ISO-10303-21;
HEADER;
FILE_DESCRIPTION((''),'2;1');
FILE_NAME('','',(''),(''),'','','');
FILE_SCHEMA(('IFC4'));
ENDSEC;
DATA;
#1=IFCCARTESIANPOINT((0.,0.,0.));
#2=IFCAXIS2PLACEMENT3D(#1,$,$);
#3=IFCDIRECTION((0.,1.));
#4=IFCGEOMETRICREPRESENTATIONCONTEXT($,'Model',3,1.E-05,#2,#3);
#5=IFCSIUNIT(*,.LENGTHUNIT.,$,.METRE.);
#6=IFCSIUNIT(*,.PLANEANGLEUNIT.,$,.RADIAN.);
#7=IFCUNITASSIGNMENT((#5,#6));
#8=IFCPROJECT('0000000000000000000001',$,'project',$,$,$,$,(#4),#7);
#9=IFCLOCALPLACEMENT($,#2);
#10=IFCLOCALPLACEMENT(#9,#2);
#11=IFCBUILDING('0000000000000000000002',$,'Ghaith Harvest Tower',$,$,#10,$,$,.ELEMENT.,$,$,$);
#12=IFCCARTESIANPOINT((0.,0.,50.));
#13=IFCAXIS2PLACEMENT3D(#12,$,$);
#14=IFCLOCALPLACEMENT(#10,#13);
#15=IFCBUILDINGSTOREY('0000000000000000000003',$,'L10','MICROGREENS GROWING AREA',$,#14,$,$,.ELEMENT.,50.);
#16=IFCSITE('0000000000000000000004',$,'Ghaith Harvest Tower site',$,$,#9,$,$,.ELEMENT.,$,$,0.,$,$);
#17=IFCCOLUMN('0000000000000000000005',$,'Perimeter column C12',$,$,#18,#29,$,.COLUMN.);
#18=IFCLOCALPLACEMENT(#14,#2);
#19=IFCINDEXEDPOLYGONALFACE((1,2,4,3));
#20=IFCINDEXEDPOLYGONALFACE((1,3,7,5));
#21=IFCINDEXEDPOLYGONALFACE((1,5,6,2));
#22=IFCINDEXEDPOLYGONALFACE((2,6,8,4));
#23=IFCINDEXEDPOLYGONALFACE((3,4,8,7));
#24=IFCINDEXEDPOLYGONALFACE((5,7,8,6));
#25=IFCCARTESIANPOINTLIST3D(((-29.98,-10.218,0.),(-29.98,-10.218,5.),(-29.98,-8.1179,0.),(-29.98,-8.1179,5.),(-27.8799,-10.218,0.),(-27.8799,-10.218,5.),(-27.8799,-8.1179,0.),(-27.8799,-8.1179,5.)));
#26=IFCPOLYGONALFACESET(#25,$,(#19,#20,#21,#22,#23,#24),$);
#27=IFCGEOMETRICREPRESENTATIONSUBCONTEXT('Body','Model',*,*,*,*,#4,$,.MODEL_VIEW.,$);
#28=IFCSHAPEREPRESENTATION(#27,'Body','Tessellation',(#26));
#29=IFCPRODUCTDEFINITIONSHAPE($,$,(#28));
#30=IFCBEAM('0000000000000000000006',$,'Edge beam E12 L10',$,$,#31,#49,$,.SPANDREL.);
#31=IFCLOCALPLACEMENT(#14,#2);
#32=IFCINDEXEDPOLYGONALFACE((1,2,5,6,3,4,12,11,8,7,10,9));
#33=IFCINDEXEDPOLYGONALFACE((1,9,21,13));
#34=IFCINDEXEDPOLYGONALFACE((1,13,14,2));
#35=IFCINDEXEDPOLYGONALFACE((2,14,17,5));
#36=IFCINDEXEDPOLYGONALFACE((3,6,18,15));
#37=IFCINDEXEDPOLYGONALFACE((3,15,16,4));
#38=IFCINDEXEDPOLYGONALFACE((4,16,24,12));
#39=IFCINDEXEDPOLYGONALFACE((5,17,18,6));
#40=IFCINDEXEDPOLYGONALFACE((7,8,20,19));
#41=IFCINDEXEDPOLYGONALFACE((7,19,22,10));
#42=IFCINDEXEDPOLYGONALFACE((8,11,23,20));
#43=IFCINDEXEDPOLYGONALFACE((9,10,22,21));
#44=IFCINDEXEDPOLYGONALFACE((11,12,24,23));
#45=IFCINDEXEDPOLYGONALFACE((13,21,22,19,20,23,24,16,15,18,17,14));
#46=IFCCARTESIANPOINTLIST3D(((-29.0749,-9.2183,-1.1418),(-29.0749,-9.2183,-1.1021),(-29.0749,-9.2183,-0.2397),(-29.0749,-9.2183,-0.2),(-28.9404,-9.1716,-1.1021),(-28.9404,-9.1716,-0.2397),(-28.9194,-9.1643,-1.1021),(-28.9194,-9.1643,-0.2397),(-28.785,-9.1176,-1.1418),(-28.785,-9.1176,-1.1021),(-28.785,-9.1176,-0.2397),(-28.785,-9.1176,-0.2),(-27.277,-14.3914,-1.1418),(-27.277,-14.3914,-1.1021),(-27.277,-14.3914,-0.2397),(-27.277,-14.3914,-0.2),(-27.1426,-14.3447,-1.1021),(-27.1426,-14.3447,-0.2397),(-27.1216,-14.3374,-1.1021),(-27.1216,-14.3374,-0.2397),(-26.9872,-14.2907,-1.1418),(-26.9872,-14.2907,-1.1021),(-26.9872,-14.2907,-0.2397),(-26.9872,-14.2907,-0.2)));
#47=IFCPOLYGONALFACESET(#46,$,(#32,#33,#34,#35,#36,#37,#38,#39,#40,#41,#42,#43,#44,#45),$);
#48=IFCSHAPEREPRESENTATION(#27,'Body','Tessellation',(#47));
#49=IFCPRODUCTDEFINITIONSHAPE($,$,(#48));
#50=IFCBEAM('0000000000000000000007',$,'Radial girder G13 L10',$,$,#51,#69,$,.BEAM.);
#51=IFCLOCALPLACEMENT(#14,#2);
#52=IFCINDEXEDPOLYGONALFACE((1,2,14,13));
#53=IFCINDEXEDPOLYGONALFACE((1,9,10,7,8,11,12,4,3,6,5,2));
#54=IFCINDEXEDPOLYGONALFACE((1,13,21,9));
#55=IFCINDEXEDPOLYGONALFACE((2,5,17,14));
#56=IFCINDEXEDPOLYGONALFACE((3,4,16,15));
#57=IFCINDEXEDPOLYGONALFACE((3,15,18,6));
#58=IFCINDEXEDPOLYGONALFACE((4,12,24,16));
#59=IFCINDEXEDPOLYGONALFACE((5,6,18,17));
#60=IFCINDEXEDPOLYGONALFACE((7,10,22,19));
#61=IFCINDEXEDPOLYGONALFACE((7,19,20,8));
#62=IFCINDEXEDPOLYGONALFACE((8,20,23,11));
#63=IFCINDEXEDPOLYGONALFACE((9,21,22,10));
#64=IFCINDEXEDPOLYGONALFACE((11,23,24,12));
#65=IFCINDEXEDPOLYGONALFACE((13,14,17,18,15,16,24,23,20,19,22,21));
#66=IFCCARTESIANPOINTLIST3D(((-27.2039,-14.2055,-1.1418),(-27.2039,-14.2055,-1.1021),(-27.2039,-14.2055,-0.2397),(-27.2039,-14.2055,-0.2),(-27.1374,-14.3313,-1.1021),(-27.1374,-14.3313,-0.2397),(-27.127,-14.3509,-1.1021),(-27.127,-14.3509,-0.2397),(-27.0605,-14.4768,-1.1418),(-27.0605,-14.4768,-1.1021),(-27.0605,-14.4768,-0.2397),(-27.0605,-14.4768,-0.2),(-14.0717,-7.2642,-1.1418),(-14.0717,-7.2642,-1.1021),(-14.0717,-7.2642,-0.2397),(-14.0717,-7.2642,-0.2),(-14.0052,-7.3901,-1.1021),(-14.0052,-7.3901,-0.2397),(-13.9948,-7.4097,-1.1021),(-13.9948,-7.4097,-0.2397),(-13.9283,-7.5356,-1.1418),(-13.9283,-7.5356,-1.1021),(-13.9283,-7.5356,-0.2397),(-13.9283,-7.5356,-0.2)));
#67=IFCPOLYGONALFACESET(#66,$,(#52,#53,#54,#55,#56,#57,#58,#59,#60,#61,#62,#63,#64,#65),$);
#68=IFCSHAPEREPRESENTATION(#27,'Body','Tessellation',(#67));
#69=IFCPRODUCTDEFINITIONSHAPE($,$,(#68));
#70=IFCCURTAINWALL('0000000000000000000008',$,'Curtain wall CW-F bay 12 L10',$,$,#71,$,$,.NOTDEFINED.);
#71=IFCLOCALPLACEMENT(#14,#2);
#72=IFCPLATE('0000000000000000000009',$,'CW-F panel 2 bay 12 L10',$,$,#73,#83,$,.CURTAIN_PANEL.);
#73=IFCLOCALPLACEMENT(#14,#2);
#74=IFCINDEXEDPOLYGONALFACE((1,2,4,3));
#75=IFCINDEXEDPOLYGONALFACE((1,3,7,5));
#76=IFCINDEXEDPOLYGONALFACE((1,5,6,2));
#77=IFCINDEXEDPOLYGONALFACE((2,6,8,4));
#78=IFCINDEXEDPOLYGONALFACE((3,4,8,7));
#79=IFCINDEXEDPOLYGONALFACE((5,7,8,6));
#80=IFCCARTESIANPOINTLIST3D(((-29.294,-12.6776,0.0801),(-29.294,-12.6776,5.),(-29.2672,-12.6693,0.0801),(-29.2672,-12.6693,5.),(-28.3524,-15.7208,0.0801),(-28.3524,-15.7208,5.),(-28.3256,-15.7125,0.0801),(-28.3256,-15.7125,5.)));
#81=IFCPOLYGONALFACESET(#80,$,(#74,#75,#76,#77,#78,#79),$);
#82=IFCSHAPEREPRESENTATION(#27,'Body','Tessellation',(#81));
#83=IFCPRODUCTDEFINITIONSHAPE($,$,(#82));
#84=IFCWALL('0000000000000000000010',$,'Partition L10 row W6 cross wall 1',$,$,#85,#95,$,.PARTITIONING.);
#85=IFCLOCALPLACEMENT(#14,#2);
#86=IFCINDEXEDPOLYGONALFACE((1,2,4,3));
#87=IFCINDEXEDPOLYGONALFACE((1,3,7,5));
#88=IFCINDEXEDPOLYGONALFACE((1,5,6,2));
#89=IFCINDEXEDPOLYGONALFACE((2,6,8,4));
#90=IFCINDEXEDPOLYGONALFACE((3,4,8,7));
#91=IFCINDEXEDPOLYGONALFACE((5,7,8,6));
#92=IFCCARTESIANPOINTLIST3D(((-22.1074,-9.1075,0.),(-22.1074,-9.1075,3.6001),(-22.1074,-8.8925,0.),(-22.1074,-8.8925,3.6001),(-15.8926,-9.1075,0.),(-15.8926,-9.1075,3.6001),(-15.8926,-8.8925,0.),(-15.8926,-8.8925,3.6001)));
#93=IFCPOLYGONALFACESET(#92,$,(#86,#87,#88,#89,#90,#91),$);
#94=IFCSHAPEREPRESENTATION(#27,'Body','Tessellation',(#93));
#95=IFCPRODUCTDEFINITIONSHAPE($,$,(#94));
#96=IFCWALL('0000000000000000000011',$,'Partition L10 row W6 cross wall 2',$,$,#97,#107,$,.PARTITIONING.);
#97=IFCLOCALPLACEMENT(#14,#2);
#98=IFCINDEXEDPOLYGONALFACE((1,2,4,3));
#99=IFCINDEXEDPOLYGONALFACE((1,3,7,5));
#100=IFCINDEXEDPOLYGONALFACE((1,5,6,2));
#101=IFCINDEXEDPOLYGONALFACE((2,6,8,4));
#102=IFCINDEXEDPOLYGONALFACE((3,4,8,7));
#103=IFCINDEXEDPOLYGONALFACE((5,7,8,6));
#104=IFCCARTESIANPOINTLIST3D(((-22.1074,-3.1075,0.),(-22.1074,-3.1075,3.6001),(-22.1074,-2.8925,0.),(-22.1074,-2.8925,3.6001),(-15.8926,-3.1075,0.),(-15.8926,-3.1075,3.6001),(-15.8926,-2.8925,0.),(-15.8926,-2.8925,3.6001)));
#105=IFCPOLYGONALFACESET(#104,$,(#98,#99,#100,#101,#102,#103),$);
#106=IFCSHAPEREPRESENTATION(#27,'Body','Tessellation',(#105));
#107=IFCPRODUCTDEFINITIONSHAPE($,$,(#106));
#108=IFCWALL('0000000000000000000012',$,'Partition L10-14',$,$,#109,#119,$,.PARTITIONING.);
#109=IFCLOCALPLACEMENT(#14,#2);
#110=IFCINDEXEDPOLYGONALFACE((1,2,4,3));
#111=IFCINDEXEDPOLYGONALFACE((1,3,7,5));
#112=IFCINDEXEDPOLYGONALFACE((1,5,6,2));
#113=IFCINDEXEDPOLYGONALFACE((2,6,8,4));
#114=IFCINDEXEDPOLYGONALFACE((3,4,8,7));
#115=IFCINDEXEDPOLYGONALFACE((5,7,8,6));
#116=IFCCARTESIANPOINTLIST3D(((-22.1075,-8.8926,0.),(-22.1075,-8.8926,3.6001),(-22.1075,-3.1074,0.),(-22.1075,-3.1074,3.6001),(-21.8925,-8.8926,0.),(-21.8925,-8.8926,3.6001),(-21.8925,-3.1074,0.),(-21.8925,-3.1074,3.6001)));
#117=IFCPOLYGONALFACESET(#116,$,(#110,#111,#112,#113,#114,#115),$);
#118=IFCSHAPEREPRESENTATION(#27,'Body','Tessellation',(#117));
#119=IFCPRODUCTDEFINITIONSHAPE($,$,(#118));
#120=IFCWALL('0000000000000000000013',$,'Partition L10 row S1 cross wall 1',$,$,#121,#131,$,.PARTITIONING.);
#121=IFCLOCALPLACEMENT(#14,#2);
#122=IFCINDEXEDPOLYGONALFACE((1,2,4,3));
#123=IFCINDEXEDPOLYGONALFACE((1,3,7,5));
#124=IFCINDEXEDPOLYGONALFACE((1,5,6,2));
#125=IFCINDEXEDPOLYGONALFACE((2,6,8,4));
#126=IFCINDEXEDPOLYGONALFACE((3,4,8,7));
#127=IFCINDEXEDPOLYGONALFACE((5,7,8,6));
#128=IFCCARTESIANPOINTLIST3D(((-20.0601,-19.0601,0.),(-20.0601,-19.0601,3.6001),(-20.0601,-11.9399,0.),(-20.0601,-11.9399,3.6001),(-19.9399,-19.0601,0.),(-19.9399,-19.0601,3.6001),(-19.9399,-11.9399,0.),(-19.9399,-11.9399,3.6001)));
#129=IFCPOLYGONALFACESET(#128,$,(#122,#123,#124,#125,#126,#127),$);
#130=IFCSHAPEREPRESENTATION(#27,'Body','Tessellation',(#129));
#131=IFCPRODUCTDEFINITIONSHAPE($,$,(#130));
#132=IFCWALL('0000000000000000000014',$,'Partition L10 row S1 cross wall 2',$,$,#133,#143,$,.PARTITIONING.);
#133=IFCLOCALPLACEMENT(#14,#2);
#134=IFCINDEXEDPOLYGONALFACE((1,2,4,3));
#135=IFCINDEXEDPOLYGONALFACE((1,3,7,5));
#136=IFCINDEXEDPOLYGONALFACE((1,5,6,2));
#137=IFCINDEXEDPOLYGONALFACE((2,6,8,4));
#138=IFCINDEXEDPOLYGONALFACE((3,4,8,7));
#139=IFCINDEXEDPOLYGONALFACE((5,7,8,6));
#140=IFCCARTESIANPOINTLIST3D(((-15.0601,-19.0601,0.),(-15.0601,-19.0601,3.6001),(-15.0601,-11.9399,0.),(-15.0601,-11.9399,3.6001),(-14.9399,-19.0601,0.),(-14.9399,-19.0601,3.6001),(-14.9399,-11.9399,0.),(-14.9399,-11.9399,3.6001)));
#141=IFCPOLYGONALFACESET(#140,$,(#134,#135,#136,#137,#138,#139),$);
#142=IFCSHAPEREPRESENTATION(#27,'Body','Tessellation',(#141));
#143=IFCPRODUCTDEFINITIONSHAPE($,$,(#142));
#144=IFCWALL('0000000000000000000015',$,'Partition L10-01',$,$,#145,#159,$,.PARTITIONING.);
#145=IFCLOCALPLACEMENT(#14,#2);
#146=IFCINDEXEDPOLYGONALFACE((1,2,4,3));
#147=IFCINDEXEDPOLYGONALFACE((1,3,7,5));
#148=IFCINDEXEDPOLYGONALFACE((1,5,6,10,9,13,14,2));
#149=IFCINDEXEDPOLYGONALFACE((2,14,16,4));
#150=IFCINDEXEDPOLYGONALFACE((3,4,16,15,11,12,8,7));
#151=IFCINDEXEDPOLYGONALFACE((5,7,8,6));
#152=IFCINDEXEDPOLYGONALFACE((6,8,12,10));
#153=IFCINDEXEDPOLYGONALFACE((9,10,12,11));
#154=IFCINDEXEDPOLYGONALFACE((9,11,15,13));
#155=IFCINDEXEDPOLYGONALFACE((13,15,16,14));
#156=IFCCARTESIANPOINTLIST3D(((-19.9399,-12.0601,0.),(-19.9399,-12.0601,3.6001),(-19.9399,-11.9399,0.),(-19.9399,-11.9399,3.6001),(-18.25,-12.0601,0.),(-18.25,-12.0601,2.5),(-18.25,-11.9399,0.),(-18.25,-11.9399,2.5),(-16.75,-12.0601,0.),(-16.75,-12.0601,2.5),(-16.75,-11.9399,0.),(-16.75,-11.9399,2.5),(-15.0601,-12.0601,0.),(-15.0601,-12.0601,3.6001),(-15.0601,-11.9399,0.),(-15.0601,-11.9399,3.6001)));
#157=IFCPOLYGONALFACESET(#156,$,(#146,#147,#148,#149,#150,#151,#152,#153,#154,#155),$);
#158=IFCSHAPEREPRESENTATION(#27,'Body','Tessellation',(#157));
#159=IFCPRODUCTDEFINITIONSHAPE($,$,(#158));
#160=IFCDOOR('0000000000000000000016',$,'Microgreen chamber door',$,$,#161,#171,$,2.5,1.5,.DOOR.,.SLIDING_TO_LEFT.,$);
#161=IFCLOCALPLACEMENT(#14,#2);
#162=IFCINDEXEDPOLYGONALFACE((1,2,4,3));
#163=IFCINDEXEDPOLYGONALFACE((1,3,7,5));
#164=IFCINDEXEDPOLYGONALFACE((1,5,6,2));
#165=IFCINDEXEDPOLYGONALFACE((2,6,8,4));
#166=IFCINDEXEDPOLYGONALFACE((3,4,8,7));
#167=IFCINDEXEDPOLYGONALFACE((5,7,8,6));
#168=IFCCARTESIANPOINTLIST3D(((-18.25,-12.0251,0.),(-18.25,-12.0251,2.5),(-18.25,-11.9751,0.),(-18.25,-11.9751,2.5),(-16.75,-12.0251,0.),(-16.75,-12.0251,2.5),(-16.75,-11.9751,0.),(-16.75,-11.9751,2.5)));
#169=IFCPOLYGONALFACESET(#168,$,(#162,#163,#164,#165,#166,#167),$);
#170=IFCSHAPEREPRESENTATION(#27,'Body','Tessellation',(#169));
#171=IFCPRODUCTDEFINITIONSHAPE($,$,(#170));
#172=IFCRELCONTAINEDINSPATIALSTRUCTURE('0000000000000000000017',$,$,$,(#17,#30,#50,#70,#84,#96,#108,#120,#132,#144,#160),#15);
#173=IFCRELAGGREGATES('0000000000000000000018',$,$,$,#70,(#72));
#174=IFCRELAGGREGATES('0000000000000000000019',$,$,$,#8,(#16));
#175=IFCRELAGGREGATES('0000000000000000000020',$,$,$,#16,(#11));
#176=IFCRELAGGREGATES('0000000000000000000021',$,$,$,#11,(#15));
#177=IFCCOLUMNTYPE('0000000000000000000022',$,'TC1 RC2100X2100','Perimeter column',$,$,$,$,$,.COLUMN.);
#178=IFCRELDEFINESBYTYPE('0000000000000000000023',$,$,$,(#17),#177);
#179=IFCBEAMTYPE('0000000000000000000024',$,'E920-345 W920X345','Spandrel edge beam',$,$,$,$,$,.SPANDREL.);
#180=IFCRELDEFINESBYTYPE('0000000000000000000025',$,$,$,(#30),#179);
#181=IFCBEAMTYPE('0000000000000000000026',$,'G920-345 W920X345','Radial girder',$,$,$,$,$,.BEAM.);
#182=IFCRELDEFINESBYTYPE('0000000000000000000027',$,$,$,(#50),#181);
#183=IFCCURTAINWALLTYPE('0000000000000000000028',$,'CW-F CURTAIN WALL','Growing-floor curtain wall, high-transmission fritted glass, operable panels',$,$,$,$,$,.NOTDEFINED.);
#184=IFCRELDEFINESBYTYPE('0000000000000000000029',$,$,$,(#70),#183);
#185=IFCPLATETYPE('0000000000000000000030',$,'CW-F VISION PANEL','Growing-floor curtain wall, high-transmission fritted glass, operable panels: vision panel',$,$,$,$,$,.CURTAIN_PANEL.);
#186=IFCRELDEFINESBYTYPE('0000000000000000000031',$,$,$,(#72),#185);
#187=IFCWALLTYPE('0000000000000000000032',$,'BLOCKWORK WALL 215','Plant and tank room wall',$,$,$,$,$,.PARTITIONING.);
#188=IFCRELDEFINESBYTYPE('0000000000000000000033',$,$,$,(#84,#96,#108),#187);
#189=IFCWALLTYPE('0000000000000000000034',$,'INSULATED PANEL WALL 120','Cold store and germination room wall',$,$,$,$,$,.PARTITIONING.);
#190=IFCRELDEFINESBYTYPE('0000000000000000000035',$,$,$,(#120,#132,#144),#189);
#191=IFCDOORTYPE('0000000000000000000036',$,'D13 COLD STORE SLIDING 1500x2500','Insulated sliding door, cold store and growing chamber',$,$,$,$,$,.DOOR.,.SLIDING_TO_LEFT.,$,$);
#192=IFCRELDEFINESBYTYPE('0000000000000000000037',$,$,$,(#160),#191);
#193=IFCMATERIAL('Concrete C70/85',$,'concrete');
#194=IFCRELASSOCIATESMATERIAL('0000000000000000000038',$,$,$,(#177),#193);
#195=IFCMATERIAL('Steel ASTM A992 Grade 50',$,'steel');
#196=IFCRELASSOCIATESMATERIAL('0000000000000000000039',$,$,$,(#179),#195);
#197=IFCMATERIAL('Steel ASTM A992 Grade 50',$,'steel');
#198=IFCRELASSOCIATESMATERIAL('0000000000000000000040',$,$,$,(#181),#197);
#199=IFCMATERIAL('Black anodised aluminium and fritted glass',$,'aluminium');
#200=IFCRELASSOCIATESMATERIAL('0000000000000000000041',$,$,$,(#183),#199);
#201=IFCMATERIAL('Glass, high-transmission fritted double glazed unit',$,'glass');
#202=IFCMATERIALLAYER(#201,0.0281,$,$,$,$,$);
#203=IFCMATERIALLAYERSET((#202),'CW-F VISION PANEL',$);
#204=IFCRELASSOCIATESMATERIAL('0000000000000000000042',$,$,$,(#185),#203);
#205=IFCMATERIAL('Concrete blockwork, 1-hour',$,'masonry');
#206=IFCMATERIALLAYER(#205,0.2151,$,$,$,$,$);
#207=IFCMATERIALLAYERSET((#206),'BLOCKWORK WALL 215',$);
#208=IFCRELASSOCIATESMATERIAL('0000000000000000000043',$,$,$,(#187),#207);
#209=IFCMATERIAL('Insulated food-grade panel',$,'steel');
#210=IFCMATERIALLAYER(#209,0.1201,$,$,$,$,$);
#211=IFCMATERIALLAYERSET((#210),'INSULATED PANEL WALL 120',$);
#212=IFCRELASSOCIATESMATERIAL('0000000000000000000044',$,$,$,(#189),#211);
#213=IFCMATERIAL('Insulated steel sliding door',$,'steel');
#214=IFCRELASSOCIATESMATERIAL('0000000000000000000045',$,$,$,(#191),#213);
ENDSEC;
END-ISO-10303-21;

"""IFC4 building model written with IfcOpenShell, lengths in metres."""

from ifc_helpers import new_model, si_unit, direction, frame, frame_2d, origin, origin_2d, place, context, subcontext, project, spatial, rectangle, i_section, extrude, material, layer, layer_set, material_profile, profile_set, type_object, element, fill, aggregate, save


model = new_model("IFC4")

# Units and contexts
model_context = context("Model", 3, precision=1e-05, world=origin(), true_north=direction((0.0, 1.0)))
body_context = subcontext(model_context, "Body", "Model", "MODEL_VIEW")
ifc_project = project(units=[si_unit("LENGTHUNIT", "METRE"), si_unit("PLANEANGLEUNIT", "RADIAN")], contexts=[model_context])

# Site, building, storey
site_placement = place(None, origin())
site = spatial("IfcSite", under=ifc_project, at=site_placement, Name="Ghaith Harvest Tower site", CompositionType="ELEMENT", RefElevation=0.0)
building_placement = place(site_placement, origin())
building = spatial("IfcBuilding", under=site, at=building_placement, Name="Ghaith Harvest Tower", CompositionType="ELEMENT")
storey_placement = place(building_placement, frame((0.0, 0.0, 50.0)))
storey = spatial("IfcBuildingStorey", under=building, at=storey_placement, Name="L10", Description="MICROGREENS GROWING AREA", CompositionType="ELEMENT", Elevation=50.0)

# Column
ifc_material_1 = material(Name="Concrete C70/85", Category="concrete")
ifc_material_profile_1 = material_profile(ifc_material_1, rectangle(XDim=2.1001, YDim=2.1001, at=origin_2d()), Name="RC2100X2100")
ifc_profile_set_1 = profile_set([ifc_material_profile_1], Name="Concrete C70/85")
column_type = type_object("IfcColumnType", Name="TC1 RC2100X2100", Description="Perimeter column", PredefinedType="COLUMN", material=ifc_profile_set_1)
column_placement = place(storey_placement, frame((-28.9299, -9.168, 0.0), z_axis=(0.0, 0.0, 1.0), x_axis=(1.0, 0.0, 0.0)))
element("IfcColumn", 1, at=column_placement, inside=storey, type_object=column_type, Name="Perimeter column C12", PredefinedType="COLUMN", context=body_context, shape_type="SweptSolid", body=[
    extrude(rectangle(XDim=2.1001, YDim=2.1001, at=origin_2d()), origin(), (0.0, 0.0, 1.0), 5.0),
])

# Beams
ifc_material_2 = material(Name="Steel ASTM A992 Grade 50", Category="steel")
ifc_material_profile_2 = material_profile(ifc_material_2, i_section(OverallWidth=0.3069, OverallDepth=0.9419, WebThickness=0.0222, FlangeThickness=0.0398, at=origin_2d()), Name="W920X345")
ifc_profile_set_2 = profile_set([ifc_material_profile_2], Name="Steel ASTM A992 Grade 50")
beam_type_1 = type_object("IfcBeamType", Name="E920-345 W920X345", Description="Spandrel edge beam", PredefinedType="SPANDREL", material=ifc_profile_set_2)
beam_1_placement = place(storey_placement, frame((-28.9299, -9.168, -0.6709), z_axis=(0.328279, -0.944581, 0.0), x_axis=(0.944581, 0.328279, 0.0)))
element("IfcBeam", 2, at=beam_1_placement, inside=storey, type_object=beam_type_1, Name="Edge beam E12 L10", PredefinedType="SPANDREL", context=body_context, shape_type="SweptSolid", body=[
    extrude(i_section(OverallWidth=0.3069, OverallDepth=0.9419, WebThickness=0.0222, FlangeThickness=0.0398, at=origin_2d()), origin(), (0.0, 0.0, 1.0), 5.4766),
])
ifc_material_3 = material(Name="Steel ASTM A992 Grade 50", Category="steel")
ifc_material_profile_3 = material_profile(ifc_material_3, i_section(OverallWidth=0.3069, OverallDepth=0.9419, WebThickness=0.0222, FlangeThickness=0.0398, at=origin_2d()), Name="W920X345")
ifc_profile_set_3 = profile_set([ifc_material_profile_3], Name="Steel ASTM A992 Grade 50")
beam_type_2 = type_object("IfcBeamType", Name="G920-345 W920X345", Description="Radial girder", PredefinedType="BEAM", material=ifc_profile_set_3)
beam_2_placement = place(storey_placement, frame((-14.0, -7.3999, -0.6709), z_axis=(-0.884097, -0.467303, 0.0), x_axis=(0.467303, -0.884097, 0.0)))
element("IfcBeam", 3, at=beam_2_placement, inside=storey, type_object=beam_type_2, Name="Radial girder G13 L10", PredefinedType="BEAM", context=body_context, shape_type="SweptSolid", body=[
    extrude(i_section(OverallWidth=0.3069, OverallDepth=0.9419, WebThickness=0.0222, FlangeThickness=0.0398, at=origin_2d()), origin(), (0.0, 0.0, 1.0), 14.8538),
])

# Curtain wall, plate
ifc_material_4 = material(Name="Black anodised aluminium and fritted glass", Category="aluminium")
curtain_wall_type = type_object("IfcCurtainWallType", Name="CW-F CURTAIN WALL", Description="Growing-floor curtain wall, high-transmission fritted glass, operable panels", PredefinedType="NOTDEFINED", material=ifc_material_4)
curtain_wall_placement = place(storey_placement, origin())
curtain_wall = element("IfcCurtainWall", 4, at=curtain_wall_placement, inside=storey, type_object=curtain_wall_type, Name="Curtain wall CW-F bay 12 L10", PredefinedType="NOTDEFINED")
ifc_material_5 = material(Name="Glass, high-transmission fritted double glazed unit", Category="glass")
ifc_layer_1 = layer(ifc_material_5, 0.0281)
ifc_layer_set_1 = layer_set([ifc_layer_1], Name="CW-F VISION PANEL")
plate_type = type_object("IfcPlateType", Name="CW-F VISION PANEL", Description="Growing-floor curtain wall, high-transmission fritted glass, operable panels: vision panel", PredefinedType="CURTAIN_PANEL", material=ifc_layer_set_1)
plate_placement = place(storey_placement, frame((-28.8098, -14.1951, 0.0801), z_axis=(0.0, 0.0, 1.0), x_axis=(0.295583, -0.955317, 0.0)))
plate = element("IfcPlate", 5, at=plate_placement, type_object=plate_type, Name="CW-F panel 2 bay 12 L10", PredefinedType="CURTAIN_PANEL", context=body_context, shape_type="SweptSolid", body=[
    extrude(rectangle(XDim=3.1855, YDim=0.0281, at=origin_2d()), origin(), (0.0, 0.0, 1.0), 4.9199),
])
aggregate(curtain_wall, [plate])

# Walls
ifc_material_6 = material(Name="Concrete blockwork, 1-hour", Category="masonry")
ifc_layer_2 = layer(ifc_material_6, 0.2151)
ifc_layer_set_2 = layer_set([ifc_layer_2], Name="BLOCKWORK WALL 215")
wall_type_1 = type_object("IfcWallType", Name="BLOCKWORK WALL 215", Description="Plant and tank room wall", PredefinedType="PARTITIONING", material=ifc_layer_set_2)
for number, where, z_axis, x_axis, name in (
    (6, (-15.8926, -9.0, 0.0), (0.0, 0.0, 1.0), (-1.0, 0.0, 0.0), "Partition L10 row W6 cross wall 1"),
    (7, (-15.8926, -3.0, 0.0), (0.0, 0.0, 1.0), (-1.0, 0.0, 0.0), "Partition L10 row W6 cross wall 2"),
):
    element("IfcWall", number, at=place(storey_placement, frame(where, z_axis=z_axis, x_axis=x_axis)), inside=storey, type_object=wall_type_1, Name=name, PredefinedType="PARTITIONING", context=body_context, shape_type="SweptSolid", body=[
        extrude(rectangle(XDim=6.2148, YDim=0.2151, at=frame_2d((3.1074, 0.0))), origin(), (0.0, 0.0, 1.0), 3.6001),
    ])

# Wall
wall_1_placement = place(storey_placement, frame((-22.0, -8.8926, 0.0), z_axis=(0.0, 0.0, 1.0), x_axis=(0.0, 1.0, 0.0)))
element("IfcWall", 8, at=wall_1_placement, inside=storey, type_object=wall_type_1, Name="Partition L10-14", PredefinedType="PARTITIONING", context=body_context, shape_type="SweptSolid", body=[
    extrude(rectangle(XDim=5.7852, YDim=0.2151, at=frame_2d((2.8926, 0.0))), origin(), (0.0, 0.0, 1.0), 3.6001),
])

# Walls
ifc_material_7 = material(Name="Insulated food-grade panel", Category="steel")
ifc_layer_3 = layer(ifc_material_7, 0.1201)
ifc_layer_set_3 = layer_set([ifc_layer_3], Name="INSULATED PANEL WALL 120")
wall_type_2 = type_object("IfcWallType", Name="INSULATED PANEL WALL 120", Description="Cold store and germination room wall", PredefinedType="PARTITIONING", material=ifc_layer_set_3)
for number, where, z_axis, x_axis, name in (
    (9, (-20.0, -11.9399, 0.0), (0.0, 0.0, 1.0), (0.0, -1.0, 0.0), "Partition L10 row S1 cross wall 1"),
    (10, (-15.0, -11.9399, 0.0), (0.0, 0.0, 1.0), (0.0, -1.0, 0.0), "Partition L10 row S1 cross wall 2"),
):
    element("IfcWall", number, at=place(storey_placement, frame(where, z_axis=z_axis, x_axis=x_axis)), inside=storey, type_object=wall_type_2, Name=name, PredefinedType="PARTITIONING", context=body_context, shape_type="SweptSolid", body=[
        extrude(rectangle(XDim=7.1201, YDim=0.1201, at=frame_2d((3.5601, 0.0))), origin(), (0.0, 0.0, 1.0), 3.6001),
    ])

# Wall, opening, door
wall_2_placement = place(storey_placement, frame((-19.9399, -12.0, 0.0), z_axis=(0.0, 0.0, 1.0), x_axis=(1.0, 0.0, 0.0)))
wall_2 = element("IfcWall", 11, at=wall_2_placement, inside=storey, type_object=wall_type_2, Name="Partition L10-01", PredefinedType="PARTITIONING", context=body_context, shape_type="SweptSolid", body=[
    extrude(rectangle(XDim=4.8799, YDim=0.1201, at=frame_2d((2.4399, 0.0))), origin(), (0.0, 0.0, 1.0), 3.6001),
])
opening_1_placement = place(wall_2_placement, frame((1.6899, 0.0, 0.0)))
opening_1 = element("IfcOpeningElement", 12, at=opening_1_placement, cuts=wall_2, PredefinedType="OPENING", context=body_context, shape_type="SweptSolid", body=[
    extrude(rectangle(XDim=1.5, YDim=2.5, at=frame_2d((0.75, 1.25))), frame((0.0, 0.0701, 0.0), z_axis=(0.0, -1.0, 0.0), x_axis=(1.0, 0.0, 0.0)), (0.0, 0.0, 1.0), 0.1401),
])
ifc_material_8 = material(Name="Insulated steel sliding door", Category="steel")
door_type_1 = type_object("IfcDoorType", Name="D13 COLD STORE SLIDING 1500x2500", Description="Insulated sliding door, cold store and growing chamber", OperationType="SLIDING_TO_LEFT", PredefinedType="DOOR", material=ifc_material_8)
door_1_placement = place(opening_1_placement, origin())
door_1 = element("IfcDoor", 13, at=door_1_placement, inside=storey, type_object=door_type_1, Name="Microgreen chamber door", OperationType="SLIDING_TO_LEFT", OverallHeight=2.5, OverallWidth=1.5, PredefinedType="DOOR", context=body_context, shape_type="SweptSolid", body=[
    extrude(rectangle(XDim=1.5, YDim=2.5, at=frame_2d((0.75, 1.25))), frame((0.0, 0.0249, 0.0), z_axis=(0.0, -1.0, 0.0), x_axis=(1.0, 0.0, 0.0)), (0.0, 0.0, 1.0), 0.05),
])
fill(opening_1, door_1)

save(model, "model.ifc")
